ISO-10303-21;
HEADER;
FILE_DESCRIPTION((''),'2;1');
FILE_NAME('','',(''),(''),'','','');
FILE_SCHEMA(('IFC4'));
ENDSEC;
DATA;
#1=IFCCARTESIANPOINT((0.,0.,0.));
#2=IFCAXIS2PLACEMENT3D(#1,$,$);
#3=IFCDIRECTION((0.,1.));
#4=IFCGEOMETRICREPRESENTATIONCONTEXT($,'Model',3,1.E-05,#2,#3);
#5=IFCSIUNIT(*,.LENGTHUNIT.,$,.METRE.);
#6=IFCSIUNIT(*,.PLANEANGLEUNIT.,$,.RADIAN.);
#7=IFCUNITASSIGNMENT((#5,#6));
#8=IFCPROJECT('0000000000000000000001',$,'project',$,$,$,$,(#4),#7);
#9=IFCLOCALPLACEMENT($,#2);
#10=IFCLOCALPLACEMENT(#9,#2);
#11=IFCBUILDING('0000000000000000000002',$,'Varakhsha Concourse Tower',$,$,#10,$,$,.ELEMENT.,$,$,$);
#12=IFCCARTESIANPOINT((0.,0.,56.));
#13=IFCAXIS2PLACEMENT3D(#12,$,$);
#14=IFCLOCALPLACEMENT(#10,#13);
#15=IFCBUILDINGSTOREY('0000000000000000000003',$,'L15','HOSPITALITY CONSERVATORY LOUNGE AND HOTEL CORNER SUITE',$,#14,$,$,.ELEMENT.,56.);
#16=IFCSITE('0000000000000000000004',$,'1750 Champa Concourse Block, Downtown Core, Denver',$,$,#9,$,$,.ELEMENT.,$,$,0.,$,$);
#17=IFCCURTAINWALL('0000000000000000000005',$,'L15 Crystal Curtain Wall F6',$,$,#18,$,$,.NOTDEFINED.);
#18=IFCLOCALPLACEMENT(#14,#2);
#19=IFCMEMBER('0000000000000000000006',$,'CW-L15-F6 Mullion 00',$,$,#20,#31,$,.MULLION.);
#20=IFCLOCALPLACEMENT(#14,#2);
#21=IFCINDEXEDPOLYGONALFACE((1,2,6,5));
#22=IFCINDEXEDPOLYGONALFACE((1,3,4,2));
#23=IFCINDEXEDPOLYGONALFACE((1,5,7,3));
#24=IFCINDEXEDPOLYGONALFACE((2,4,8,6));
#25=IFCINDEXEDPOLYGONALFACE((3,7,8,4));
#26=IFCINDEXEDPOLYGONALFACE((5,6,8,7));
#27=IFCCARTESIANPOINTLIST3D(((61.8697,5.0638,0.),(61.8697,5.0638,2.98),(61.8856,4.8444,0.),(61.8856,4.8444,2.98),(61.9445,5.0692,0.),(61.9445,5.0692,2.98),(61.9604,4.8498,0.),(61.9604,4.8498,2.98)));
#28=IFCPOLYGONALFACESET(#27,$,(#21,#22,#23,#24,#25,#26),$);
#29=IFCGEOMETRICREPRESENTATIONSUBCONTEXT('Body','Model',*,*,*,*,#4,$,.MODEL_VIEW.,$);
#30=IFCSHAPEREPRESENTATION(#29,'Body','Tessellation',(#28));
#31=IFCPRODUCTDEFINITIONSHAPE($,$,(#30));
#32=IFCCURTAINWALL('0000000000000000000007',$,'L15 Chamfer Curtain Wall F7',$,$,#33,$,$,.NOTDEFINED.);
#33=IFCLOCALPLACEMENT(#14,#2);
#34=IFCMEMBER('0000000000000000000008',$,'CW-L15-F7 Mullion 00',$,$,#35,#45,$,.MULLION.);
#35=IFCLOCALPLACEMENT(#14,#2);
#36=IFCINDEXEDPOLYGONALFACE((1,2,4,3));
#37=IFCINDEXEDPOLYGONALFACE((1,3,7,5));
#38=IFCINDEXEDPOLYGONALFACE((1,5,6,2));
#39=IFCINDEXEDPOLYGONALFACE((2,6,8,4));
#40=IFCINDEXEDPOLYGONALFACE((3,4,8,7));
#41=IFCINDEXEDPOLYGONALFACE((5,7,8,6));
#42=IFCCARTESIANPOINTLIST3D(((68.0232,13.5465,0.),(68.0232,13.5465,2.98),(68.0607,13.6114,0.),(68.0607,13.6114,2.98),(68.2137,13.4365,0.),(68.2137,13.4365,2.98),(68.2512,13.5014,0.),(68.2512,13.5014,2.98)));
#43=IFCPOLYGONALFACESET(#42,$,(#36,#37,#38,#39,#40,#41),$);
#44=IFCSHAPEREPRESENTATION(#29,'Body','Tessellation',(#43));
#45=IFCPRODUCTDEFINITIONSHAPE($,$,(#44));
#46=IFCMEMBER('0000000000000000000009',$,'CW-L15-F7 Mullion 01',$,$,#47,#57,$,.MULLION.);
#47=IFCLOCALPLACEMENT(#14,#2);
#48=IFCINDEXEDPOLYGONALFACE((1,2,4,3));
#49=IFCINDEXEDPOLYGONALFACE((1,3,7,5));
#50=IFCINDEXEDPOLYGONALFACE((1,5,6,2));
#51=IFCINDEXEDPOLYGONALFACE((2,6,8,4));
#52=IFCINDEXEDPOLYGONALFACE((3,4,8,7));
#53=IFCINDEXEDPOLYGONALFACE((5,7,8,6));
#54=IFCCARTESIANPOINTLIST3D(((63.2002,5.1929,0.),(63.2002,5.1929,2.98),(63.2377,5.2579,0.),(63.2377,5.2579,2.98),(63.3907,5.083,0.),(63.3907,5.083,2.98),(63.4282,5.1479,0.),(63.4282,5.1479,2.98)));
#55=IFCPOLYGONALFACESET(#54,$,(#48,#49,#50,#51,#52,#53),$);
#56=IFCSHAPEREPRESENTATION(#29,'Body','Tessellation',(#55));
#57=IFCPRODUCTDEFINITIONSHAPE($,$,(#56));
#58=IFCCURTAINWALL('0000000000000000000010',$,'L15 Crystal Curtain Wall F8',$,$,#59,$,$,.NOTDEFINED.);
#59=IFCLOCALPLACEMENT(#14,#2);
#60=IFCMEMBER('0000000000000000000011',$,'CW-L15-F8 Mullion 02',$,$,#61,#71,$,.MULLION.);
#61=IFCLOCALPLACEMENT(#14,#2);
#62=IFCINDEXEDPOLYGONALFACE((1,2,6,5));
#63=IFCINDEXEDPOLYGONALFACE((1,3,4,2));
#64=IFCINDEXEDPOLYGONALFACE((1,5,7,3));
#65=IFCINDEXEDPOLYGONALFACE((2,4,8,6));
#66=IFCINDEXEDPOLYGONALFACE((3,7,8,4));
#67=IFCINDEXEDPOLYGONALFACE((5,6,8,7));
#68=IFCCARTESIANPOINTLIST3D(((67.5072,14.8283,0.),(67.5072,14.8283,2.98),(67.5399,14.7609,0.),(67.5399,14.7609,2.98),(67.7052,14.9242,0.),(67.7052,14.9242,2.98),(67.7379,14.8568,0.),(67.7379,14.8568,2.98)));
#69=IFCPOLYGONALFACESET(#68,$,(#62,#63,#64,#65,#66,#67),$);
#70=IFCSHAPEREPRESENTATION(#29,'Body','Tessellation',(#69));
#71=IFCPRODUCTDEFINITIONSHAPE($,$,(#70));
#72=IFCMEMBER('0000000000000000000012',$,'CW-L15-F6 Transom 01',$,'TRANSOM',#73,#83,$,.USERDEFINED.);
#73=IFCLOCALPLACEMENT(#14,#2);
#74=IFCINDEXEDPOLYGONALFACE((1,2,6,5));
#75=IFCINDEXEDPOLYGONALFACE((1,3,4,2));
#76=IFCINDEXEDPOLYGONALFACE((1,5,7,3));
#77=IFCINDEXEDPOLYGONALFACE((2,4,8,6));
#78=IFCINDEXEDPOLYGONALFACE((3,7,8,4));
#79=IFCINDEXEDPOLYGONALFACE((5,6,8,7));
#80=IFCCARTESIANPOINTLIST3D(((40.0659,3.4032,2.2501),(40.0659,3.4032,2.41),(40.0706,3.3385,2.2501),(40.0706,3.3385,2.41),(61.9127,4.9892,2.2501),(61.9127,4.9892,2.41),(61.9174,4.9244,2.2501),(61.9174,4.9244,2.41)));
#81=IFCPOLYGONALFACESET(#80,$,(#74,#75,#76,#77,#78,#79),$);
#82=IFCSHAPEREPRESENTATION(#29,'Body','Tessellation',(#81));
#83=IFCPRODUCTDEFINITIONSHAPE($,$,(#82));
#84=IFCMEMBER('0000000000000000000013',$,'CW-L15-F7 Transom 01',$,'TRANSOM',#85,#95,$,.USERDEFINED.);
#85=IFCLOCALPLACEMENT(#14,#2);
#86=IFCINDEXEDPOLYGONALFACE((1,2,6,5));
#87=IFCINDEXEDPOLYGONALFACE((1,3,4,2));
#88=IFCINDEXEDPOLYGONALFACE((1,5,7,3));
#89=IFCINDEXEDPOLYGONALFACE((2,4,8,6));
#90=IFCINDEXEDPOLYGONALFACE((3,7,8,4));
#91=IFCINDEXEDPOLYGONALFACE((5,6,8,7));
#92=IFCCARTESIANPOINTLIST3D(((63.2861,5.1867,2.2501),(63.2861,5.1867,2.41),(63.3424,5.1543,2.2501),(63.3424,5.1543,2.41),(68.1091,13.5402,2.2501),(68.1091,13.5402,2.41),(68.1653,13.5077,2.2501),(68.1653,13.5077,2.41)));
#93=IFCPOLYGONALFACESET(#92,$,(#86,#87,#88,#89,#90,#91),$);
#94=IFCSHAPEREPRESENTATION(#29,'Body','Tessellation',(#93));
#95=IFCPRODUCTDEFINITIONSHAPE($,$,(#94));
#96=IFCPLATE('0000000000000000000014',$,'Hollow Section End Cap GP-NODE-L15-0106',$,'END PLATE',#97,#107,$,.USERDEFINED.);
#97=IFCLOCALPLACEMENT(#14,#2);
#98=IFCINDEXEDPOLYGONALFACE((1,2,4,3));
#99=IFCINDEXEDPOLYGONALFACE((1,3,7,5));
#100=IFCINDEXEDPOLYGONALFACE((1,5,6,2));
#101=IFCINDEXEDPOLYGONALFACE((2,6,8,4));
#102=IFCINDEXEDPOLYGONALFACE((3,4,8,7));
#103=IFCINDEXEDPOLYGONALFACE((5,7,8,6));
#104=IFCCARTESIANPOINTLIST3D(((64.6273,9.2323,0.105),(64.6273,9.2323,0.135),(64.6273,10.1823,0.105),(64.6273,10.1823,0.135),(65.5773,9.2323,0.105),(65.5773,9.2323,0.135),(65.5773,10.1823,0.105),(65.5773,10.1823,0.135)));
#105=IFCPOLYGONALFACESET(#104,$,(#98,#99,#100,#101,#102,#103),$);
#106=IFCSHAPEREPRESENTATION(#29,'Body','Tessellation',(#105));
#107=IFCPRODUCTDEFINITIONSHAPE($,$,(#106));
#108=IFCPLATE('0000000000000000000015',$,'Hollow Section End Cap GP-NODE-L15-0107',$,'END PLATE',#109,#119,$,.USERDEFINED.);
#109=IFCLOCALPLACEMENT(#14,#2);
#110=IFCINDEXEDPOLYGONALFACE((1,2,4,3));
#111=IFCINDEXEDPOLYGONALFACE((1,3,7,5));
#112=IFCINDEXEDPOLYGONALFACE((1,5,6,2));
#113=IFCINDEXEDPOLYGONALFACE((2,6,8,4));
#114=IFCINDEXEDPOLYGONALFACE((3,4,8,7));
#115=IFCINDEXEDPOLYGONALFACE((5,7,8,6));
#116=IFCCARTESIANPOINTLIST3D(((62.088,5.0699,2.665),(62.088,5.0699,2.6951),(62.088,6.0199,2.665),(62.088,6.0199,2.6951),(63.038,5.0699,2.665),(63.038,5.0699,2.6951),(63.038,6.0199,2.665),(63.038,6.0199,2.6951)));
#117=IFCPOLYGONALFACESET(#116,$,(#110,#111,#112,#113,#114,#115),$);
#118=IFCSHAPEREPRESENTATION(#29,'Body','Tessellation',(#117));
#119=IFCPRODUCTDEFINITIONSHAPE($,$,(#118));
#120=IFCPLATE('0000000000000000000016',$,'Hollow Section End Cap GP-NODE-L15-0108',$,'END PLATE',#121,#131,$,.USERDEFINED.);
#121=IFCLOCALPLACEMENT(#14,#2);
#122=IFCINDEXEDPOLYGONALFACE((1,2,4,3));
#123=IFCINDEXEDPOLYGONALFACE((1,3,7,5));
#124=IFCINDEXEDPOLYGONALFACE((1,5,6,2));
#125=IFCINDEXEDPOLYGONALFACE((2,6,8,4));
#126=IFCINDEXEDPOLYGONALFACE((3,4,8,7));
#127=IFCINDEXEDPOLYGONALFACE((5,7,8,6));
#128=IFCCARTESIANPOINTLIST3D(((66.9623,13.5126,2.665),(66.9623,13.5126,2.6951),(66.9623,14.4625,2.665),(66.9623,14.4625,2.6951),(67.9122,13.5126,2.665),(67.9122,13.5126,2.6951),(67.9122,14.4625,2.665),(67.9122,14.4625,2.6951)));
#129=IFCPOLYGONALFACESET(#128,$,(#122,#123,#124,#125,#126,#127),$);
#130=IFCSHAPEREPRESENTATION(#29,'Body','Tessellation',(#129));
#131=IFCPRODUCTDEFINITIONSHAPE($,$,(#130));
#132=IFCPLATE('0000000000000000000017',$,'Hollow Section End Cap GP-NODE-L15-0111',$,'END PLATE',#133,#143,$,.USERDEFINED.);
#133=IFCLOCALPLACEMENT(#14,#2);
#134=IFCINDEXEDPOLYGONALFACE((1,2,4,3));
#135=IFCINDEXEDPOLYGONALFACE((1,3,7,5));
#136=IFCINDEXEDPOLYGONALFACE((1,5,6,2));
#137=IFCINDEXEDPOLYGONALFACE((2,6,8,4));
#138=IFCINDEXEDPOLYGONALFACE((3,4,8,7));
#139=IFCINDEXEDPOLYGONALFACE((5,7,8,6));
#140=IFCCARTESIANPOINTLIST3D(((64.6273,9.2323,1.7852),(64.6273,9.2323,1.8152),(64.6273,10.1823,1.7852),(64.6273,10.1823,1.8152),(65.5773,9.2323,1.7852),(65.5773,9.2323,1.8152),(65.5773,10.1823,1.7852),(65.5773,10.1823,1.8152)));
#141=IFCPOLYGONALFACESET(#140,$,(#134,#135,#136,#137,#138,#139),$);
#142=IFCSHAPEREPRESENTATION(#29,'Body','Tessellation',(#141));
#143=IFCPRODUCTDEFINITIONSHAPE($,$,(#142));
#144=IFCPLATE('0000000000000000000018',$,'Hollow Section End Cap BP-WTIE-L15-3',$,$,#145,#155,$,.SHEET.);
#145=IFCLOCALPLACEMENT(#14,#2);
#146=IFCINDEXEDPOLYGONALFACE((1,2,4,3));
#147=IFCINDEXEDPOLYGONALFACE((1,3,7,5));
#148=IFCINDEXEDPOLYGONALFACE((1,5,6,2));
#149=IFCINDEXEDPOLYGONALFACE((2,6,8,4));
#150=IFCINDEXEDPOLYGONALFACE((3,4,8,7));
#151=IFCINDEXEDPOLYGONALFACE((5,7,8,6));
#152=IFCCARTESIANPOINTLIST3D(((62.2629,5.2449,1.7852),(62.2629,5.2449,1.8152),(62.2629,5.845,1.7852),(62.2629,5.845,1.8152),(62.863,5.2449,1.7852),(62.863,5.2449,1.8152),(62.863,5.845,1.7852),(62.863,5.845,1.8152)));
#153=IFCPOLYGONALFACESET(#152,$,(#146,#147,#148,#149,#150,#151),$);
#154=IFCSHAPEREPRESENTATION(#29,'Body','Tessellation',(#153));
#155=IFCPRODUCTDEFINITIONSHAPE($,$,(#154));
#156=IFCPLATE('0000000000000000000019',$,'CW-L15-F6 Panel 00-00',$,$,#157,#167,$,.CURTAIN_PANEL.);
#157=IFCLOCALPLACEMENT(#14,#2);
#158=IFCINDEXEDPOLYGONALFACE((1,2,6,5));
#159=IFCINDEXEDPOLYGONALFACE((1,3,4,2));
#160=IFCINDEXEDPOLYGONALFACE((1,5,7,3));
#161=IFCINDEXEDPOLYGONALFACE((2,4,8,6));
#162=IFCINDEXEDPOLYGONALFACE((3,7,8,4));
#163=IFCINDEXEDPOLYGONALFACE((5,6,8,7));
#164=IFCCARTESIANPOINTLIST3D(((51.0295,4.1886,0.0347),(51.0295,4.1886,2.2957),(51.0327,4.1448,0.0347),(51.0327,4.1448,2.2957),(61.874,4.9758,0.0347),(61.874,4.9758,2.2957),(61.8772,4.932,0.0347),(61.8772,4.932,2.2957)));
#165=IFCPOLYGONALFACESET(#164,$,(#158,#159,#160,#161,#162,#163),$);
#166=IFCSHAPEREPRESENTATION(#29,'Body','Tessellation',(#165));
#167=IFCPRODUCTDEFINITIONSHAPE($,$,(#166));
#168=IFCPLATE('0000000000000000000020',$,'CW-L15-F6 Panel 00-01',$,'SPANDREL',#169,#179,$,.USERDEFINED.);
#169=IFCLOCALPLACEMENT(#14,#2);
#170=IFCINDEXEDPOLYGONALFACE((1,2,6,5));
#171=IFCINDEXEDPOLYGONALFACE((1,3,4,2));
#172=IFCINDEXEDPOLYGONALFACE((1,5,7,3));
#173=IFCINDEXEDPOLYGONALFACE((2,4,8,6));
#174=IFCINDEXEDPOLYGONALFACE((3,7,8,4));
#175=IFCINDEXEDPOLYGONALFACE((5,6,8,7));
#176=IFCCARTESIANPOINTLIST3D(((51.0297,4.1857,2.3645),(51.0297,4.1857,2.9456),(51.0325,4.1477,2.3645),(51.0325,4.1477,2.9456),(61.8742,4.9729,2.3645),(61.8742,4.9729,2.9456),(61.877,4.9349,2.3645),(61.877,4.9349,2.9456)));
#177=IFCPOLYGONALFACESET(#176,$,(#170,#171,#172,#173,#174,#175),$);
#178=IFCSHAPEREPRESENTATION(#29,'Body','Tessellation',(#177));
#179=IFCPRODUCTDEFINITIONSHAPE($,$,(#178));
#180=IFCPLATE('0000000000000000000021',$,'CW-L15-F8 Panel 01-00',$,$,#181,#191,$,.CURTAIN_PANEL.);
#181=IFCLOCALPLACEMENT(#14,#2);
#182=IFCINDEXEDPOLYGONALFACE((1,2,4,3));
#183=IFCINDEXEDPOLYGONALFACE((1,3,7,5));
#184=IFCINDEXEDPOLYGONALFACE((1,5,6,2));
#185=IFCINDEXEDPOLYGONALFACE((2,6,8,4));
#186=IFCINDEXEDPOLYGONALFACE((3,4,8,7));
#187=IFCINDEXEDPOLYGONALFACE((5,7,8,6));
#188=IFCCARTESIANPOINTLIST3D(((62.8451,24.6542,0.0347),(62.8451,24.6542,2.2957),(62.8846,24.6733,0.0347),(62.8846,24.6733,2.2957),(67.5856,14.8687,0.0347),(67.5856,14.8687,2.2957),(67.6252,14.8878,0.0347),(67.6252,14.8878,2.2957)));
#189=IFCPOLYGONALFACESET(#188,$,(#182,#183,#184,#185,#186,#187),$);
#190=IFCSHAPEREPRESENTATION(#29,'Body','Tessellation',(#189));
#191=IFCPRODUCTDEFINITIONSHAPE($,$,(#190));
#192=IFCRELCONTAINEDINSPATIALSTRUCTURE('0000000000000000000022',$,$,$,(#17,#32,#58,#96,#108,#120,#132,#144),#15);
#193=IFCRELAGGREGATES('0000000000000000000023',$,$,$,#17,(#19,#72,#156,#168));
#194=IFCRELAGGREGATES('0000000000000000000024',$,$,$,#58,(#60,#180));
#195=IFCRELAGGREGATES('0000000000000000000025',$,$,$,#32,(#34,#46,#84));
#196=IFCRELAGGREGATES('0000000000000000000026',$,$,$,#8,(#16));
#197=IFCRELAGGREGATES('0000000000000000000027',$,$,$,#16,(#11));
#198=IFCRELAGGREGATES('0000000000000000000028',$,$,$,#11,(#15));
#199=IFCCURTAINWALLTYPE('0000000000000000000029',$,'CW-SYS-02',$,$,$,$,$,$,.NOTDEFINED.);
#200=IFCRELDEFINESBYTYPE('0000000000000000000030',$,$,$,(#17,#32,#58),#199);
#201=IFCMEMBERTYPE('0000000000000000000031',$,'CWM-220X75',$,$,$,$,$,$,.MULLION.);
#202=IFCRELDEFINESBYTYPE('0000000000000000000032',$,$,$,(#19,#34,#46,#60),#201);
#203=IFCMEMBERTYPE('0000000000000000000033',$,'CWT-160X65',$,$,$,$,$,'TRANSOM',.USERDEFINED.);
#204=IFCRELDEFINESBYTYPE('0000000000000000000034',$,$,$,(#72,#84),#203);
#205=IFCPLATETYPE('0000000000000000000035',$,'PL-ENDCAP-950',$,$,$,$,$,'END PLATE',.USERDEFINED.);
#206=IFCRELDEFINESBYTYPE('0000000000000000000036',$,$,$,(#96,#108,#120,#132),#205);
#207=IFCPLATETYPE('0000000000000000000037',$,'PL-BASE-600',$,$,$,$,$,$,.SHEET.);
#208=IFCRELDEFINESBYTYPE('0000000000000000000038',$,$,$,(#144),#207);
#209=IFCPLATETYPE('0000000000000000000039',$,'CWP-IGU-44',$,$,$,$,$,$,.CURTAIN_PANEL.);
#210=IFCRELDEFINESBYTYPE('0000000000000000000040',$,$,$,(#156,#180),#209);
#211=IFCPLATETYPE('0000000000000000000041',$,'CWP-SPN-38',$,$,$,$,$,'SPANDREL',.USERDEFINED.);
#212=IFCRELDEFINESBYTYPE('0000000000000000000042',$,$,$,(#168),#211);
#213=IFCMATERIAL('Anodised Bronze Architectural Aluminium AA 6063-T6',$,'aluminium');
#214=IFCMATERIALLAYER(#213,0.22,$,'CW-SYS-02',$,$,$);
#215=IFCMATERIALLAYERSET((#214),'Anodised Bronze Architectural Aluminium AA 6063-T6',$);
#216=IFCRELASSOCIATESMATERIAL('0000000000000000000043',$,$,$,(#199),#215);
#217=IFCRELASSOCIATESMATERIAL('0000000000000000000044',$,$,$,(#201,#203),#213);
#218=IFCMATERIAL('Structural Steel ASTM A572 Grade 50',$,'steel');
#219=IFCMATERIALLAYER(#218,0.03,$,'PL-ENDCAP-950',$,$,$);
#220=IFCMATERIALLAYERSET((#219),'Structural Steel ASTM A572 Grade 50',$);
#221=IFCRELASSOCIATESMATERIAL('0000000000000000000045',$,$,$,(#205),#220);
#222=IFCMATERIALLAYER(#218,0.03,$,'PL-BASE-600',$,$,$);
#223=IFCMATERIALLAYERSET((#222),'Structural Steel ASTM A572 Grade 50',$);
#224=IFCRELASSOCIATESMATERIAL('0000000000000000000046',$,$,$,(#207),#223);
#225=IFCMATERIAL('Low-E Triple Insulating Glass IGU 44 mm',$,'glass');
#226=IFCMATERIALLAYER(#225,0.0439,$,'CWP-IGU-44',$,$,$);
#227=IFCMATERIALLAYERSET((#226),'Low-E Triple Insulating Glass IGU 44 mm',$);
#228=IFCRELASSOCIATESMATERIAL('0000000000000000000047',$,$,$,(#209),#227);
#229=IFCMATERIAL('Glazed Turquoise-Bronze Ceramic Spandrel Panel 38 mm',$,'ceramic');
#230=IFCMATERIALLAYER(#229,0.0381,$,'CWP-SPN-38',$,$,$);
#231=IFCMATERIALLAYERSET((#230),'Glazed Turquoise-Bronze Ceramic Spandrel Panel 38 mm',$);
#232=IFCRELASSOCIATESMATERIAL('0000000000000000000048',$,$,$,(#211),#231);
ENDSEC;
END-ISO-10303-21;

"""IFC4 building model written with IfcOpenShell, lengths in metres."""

from ifc_helpers import new_model, si_unit, direction, frame, origin, origin_2d, place, context, subcontext, project, spatial, rectangle, extrude, source, transform, mapped, material, layer, layer_set, material_profile, profile_set, type_object, type_shapes, element, aggregate, save


model = new_model("IFC4")

# Units and contexts
model_context = context("Model", 3, precision=1e-05, world=origin(), true_north=direction((0.0, 1.0)))
body_context = subcontext(model_context, "Body", "Model", "MODEL_VIEW")
ifc_project = project(units=[si_unit("LENGTHUNIT", "METRE"), si_unit("PLANEANGLEUNIT", "RADIAN")], contexts=[model_context])

# Site, building, storey
site_placement = place(None, origin())
site = spatial("IfcSite", under=ifc_project, at=site_placement, Name="1750 Champa Concourse Block, Downtown Core, Denver", CompositionType="ELEMENT", RefElevation=0.0)
building_placement = place(site_placement, origin())
building = spatial("IfcBuilding", under=site, at=building_placement, Name="Varakhsha Concourse Tower", CompositionType="ELEMENT")
storey_placement = place(building_placement, frame((0.0, 0.0, 56.0)))
storey = spatial("IfcBuildingStorey", under=building, at=storey_placement, Name="L15", Description="HOSPITALITY CONSERVATORY LOUNGE AND HOTEL CORNER SUITE", CompositionType="ELEMENT", Elevation=56.0)

# Shared definitions
ifc_material_1 = material(Name="Structural Steel ASTM A572 Grade 50", Category="steel")

# Curtain wall, member
ifc_material_2 = material(Name="Anodised Bronze Architectural Aluminium AA 6063-T6", Category="aluminium")
ifc_layer_1 = layer(ifc_material_2, 0.22, Name="CW-SYS-02")
ifc_layer_set_1 = layer_set([ifc_layer_1], Name="Anodised Bronze Architectural Aluminium AA 6063-T6")
curtain_wall_type = type_object("IfcCurtainWallType", Name="CW-SYS-02", PredefinedType="NOTDEFINED", material=ifc_layer_set_1)
curtain_wall_1_placement = place(storey_placement, origin())
curtain_wall_1 = element("IfcCurtainWall", 1, at=curtain_wall_1_placement, inside=storey, type_object=curtain_wall_type, Name="L15 Crystal Curtain Wall F6", PredefinedType="NOTDEFINED")
ifc_material_profile_1 = material_profile(ifc_material_2, rectangle(XDim=0.075, YDim=0.22, at=origin_2d()), Name="CWM-220X75")
ifc_profile_set_1 = profile_set([ifc_material_profile_1], Name="Anodised Bronze Architectural Aluminium AA 6063-T6")
member_type_1 = type_object("IfcMemberType", Name="CWM-220X75", PredefinedType="MULLION", material=ifc_profile_set_1)
shared_shape_1 = source(origin(), body_context, "Body", "SweptSolid", [
    extrude(rectangle(XDim=0.075, YDim=0.22, at=origin_2d()), origin(), (0.0, 0.0, 1.0), 2.98),
])
type_shapes(member_type_1, [shared_shape_1])
member_1_placement = place(storey_placement, frame((61.915, 4.9568, 0.0), z_axis=(0.0, 0.0, 1.0), x_axis=(-0.997376, -0.072401, 0.0)))
member_1 = element("IfcMember", 2, at=member_1_placement, type_object=member_type_1, Name="CW-L15-F6 Mullion 00", PredefinedType="MULLION", context=body_context, shape_type="MappedRepresentation", body=[
    mapped(shared_shape_1, transform((0.0, 0.0, 0.0), scale=1.0)),
])

# Curtain wall, members
curtain_wall_2_placement = place(storey_placement, origin())
curtain_wall_2 = element("IfcCurtainWall", 3, at=curtain_wall_2_placement, inside=storey, type_object=curtain_wall_type, Name="L15 Chamfer Curtain Wall F7", PredefinedType="NOTDEFINED")
member_2_placement = place(storey_placement, frame((68.1372, 13.5239, 0.0), z_axis=(0.0, 0.0, 1.0), x_axis=(-0.499992, -0.86603, 0.0)))
member_2 = element("IfcMember", 4, at=member_2_placement, type_object=member_type_1, Name="CW-L15-F7 Mullion 00", PredefinedType="MULLION", context=body_context, shape_type="MappedRepresentation", body=[
    mapped(shared_shape_1, transform((0.0, 0.0, 0.0), scale=1.0)),
])
member_3_placement = place(storey_placement, frame((63.3142, 5.1704, 0.0), z_axis=(0.0, 0.0, 1.0), x_axis=(-0.499992, -0.86603, 0.0)))
member_3 = element("IfcMember", 5, at=member_3_placement, type_object=member_type_1, Name="CW-L15-F7 Mullion 01", PredefinedType="MULLION", context=body_context, shape_type="MappedRepresentation", body=[
    mapped(shared_shape_1, transform((0.0, 0.0, 0.0), scale=1.0)),
])

# Curtain wall, member
curtain_wall_3_placement = place(storey_placement, origin())
curtain_wall_3 = element("IfcCurtainWall", 6, at=curtain_wall_3_placement, inside=storey, type_object=curtain_wall_type, Name="L15 Crystal Curtain Wall F8", PredefinedType="NOTDEFINED")
member_4_placement = place(storey_placement, frame((67.6226, 14.8425, 0.0), z_axis=(0.0, 0.0, 1.0), x_axis=(0.435982, -0.899955, 0.0)))
member_4 = element("IfcMember", 7, at=member_4_placement, type_object=member_type_1, Name="CW-L15-F8 Mullion 02", PredefinedType="MULLION", context=body_context, shape_type="MappedRepresentation", body=[
    mapped(shared_shape_1, transform((0.0, 0.0, 0.0), scale=1.0)),
])

# Members
ifc_material_profile_2 = material_profile(ifc_material_2, rectangle(XDim=0.0649, YDim=0.1599, at=origin_2d()), Name="CWT-160X65")
ifc_profile_set_2 = profile_set([ifc_material_profile_2], Name="Anodised Bronze Architectural Aluminium AA 6063-T6")
member_type_2 = type_object("IfcMemberType", Name="CWT-160X65", ElementType="TRANSOM", PredefinedType="USERDEFINED", material=ifc_profile_set_2)
shared_shape_2 = source(origin(), body_context, "Body", "SweptSolid", [
    extrude(rectangle(XDim=0.0649, YDim=0.1599, at=origin_2d()), origin(), (0.0, 0.0, 1.0), 21.9043),
])
member_5_placement = place(storey_placement, frame((61.915, 4.9568, 2.3301), z_axis=(-0.997375, -0.072403, 0.0), x_axis=(0.072403, -0.997375, 0.0)))
member_5 = element("IfcMember", 8, at=member_5_placement, type_object=member_type_2, Name="CW-L15-F6 Transom 01", ObjectType="TRANSOM", PredefinedType="USERDEFINED", context=body_context, shape_type="MappedRepresentation", body=[
    mapped(shared_shape_2, transform((0.0, 0.0, 0.0), scale=1.0)),
])
shared_shape_3 = source(origin(), body_context, "Body", "SweptSolid", [
    extrude(rectangle(XDim=0.0649, YDim=0.1599, at=origin_2d()), origin(), (0.0, 0.0, 1.0), 9.6458),
])
type_shapes(member_type_2, [shared_shape_2, shared_shape_3])
member_6_placement = place(storey_placement, frame((68.1372, 13.5239, 2.3301), z_axis=(-0.500007, -0.866021, 0.0), x_axis=(0.866021, -0.500007, 0.0)))
member_6 = element("IfcMember", 9, at=member_6_placement, type_object=member_type_2, Name="CW-L15-F7 Transom 01", ObjectType="TRANSOM", PredefinedType="USERDEFINED", context=body_context, shape_type="MappedRepresentation", body=[
    mapped(shared_shape_3, transform((0.0, 0.0, 0.0), scale=1.0)),
])

# Plates
ifc_layer_2 = layer(ifc_material_1, 0.03, Name="PL-ENDCAP-950")
ifc_layer_set_2 = layer_set([ifc_layer_2], Name="Structural Steel ASTM A572 Grade 50")
plate_type_1 = type_object("IfcPlateType", Name="PL-ENDCAP-950", ElementType="END PLATE", PredefinedType="USERDEFINED", material=ifc_layer_set_2)
shared_shape_4 = source(origin(), body_context, "Body", "SweptSolid", [
    extrude(rectangle(XDim=0.95, YDim=0.95, at=origin_2d()), origin(), (0.0, 0.0, 1.0), 0.03),
])
type_shapes(plate_type_1, [shared_shape_4])
for number, where, z_axis, x_axis, name in (
    (10, (65.1023, 9.7073, 0.105), (0.0, 0.0, 1.0), (1.0, 0.0, 0.0), "Hollow Section End Cap GP-NODE-L15-0106"),
    (11, (62.563, 5.5449, 2.665), (0.0, 0.0, 1.0), (1.0, 0.0, 0.0), "Hollow Section End Cap GP-NODE-L15-0107"),
    (12, (67.4373, 13.9875, 2.665), (0.0, 0.0, 1.0), (1.0, 0.0, 0.0), "Hollow Section End Cap GP-NODE-L15-0108"),
    (13, (65.1023, 9.7073, 1.7852), (0.0, 0.0, 1.0), (1.0, 0.0, 0.0), "Hollow Section End Cap GP-NODE-L15-0111"),
):
    element("IfcPlate", number, at=place(storey_placement, frame(where, z_axis=z_axis, x_axis=x_axis)), inside=storey, type_object=plate_type_1, Name=name, ObjectType="END PLATE", PredefinedType="USERDEFINED", context=body_context, shape_type="MappedRepresentation", body=[
        mapped(shared_shape_4, transform((0.0, 0.0, 0.0), scale=1.0)),
    ])
ifc_layer_3 = layer(ifc_material_1, 0.03, Name="PL-BASE-600")
ifc_layer_set_3 = layer_set([ifc_layer_3], Name="Structural Steel ASTM A572 Grade 50")
plate_type_2 = type_object("IfcPlateType", Name="PL-BASE-600", PredefinedType="SHEET", material=ifc_layer_set_3)
shared_shape_5 = source(origin(), body_context, "Body", "SweptSolid", [
    extrude(rectangle(XDim=0.6001, YDim=0.6001, at=origin_2d()), origin(), (0.0, 0.0, 1.0), 0.03),
])
type_shapes(plate_type_2, [shared_shape_5])
plate_1_placement = place(storey_placement, frame((62.563, 5.5449, 1.7852), z_axis=(0.0, 0.0, 1.0), x_axis=(1.0, 0.0, 0.0)))
element("IfcPlate", 14, at=plate_1_placement, inside=storey, type_object=plate_type_2, Name="Hollow Section End Cap BP-WTIE-L15-3", PredefinedType="SHEET", context=body_context, shape_type="MappedRepresentation", body=[
    mapped(shared_shape_5, transform((0.0, 0.0, 0.0), scale=1.0)),
])

# Plates
ifc_material_3 = material(Name="Low-E Triple Insulating Glass IGU 44 mm", Category="glass")
ifc_layer_4 = layer(ifc_material_3, 0.0439, Name="CWP-IGU-44")
ifc_layer_set_4 = layer_set([ifc_layer_4], Name="Low-E Triple Insulating Glass IGU 44 mm")
plate_type_3 = type_object("IfcPlateType", Name="CWP-IGU-44", PredefinedType="CURTAIN_PANEL", material=ifc_layer_set_4)
shared_shape_6 = source(origin(), body_context, "Body", "SweptSolid", [
    extrude(rectangle(XDim=10.873, YDim=0.0439, at=origin_2d()), origin(), (0.0, 0.0, 1.0), 2.261),
])
plate_2_placement = place(storey_placement, frame((56.4534, 4.5603, 0.0347), z_axis=(0.0, 0.0, 1.0), x_axis=(-0.997376, -0.072401, 0.0)))
plate_2 = element("IfcPlate", 15, at=plate_2_placement, type_object=plate_type_3, Name="CW-L15-F6 Panel 00-00", PredefinedType="CURTAIN_PANEL", context=body_context, shape_type="MappedRepresentation", body=[
    mapped(shared_shape_6, transform((0.0, 0.0, 0.0), scale=1.0)),
])
ifc_material_4 = material(Name="Glazed Turquoise-Bronze Ceramic Spandrel Panel 38 mm", Category="ceramic")
ifc_layer_5 = layer(ifc_material_4, 0.0381, Name="CWP-SPN-38")
ifc_layer_set_5 = layer_set([ifc_layer_5], Name="Glazed Turquoise-Bronze Ceramic Spandrel Panel 38 mm")
plate_type_4 = type_object("IfcPlateType", Name="CWP-SPN-38", ElementType="SPANDREL", PredefinedType="USERDEFINED", material=ifc_layer_set_5)
shared_shape_7 = source(origin(), body_context, "Body", "SweptSolid", [
    extrude(rectangle(XDim=10.873, YDim=0.0381, at=origin_2d()), origin(), (0.0, 0.0, 1.0), 0.5811),
])
plate_3_placement = place(storey_placement, frame((56.4534, 4.5603, 2.3645), z_axis=(0.0, 0.0, 1.0), x_axis=(-0.997376, -0.072401, 0.0)))
plate_3 = element("IfcPlate", 16, at=plate_3_placement, type_object=plate_type_4, Name="CW-L15-F6 Panel 00-01", ObjectType="SPANDREL", PredefinedType="USERDEFINED", context=body_context, shape_type="MappedRepresentation", body=[
    mapped(shared_shape_7, transform((0.0, 0.0, 0.0), scale=1.0)),
])
aggregate(curtain_wall_1, [member_1, member_5, plate_2, plate_3])
shared_shape_8 = source(origin(), body_context, "Body", "SweptSolid", [
    extrude(rectangle(XDim=10.8733, YDim=0.0439, at=origin_2d()), origin(), (0.0, 0.0, 1.0), 2.261),
])
type_shapes(plate_type_3, [shared_shape_6, shared_shape_8])
plate_4_placement = place(storey_placement, frame((65.2351, 19.771, 0.0347), z_axis=(0.0, 0.0, 1.0), x_axis=(0.435982, -0.899955, 0.0)))
plate_4 = element("IfcPlate", 17, at=plate_4_placement, type_object=plate_type_3, Name="CW-L15-F8 Panel 01-00", PredefinedType="CURTAIN_PANEL", context=body_context, shape_type="MappedRepresentation", body=[
    mapped(shared_shape_8, transform((0.0, 0.0, 0.0), scale=1.0)),
])
aggregate(curtain_wall_3, [member_4, plate_4])
aggregate(curtain_wall_2, [member_2, member_3, member_6])

save(model, "model.ifc")
